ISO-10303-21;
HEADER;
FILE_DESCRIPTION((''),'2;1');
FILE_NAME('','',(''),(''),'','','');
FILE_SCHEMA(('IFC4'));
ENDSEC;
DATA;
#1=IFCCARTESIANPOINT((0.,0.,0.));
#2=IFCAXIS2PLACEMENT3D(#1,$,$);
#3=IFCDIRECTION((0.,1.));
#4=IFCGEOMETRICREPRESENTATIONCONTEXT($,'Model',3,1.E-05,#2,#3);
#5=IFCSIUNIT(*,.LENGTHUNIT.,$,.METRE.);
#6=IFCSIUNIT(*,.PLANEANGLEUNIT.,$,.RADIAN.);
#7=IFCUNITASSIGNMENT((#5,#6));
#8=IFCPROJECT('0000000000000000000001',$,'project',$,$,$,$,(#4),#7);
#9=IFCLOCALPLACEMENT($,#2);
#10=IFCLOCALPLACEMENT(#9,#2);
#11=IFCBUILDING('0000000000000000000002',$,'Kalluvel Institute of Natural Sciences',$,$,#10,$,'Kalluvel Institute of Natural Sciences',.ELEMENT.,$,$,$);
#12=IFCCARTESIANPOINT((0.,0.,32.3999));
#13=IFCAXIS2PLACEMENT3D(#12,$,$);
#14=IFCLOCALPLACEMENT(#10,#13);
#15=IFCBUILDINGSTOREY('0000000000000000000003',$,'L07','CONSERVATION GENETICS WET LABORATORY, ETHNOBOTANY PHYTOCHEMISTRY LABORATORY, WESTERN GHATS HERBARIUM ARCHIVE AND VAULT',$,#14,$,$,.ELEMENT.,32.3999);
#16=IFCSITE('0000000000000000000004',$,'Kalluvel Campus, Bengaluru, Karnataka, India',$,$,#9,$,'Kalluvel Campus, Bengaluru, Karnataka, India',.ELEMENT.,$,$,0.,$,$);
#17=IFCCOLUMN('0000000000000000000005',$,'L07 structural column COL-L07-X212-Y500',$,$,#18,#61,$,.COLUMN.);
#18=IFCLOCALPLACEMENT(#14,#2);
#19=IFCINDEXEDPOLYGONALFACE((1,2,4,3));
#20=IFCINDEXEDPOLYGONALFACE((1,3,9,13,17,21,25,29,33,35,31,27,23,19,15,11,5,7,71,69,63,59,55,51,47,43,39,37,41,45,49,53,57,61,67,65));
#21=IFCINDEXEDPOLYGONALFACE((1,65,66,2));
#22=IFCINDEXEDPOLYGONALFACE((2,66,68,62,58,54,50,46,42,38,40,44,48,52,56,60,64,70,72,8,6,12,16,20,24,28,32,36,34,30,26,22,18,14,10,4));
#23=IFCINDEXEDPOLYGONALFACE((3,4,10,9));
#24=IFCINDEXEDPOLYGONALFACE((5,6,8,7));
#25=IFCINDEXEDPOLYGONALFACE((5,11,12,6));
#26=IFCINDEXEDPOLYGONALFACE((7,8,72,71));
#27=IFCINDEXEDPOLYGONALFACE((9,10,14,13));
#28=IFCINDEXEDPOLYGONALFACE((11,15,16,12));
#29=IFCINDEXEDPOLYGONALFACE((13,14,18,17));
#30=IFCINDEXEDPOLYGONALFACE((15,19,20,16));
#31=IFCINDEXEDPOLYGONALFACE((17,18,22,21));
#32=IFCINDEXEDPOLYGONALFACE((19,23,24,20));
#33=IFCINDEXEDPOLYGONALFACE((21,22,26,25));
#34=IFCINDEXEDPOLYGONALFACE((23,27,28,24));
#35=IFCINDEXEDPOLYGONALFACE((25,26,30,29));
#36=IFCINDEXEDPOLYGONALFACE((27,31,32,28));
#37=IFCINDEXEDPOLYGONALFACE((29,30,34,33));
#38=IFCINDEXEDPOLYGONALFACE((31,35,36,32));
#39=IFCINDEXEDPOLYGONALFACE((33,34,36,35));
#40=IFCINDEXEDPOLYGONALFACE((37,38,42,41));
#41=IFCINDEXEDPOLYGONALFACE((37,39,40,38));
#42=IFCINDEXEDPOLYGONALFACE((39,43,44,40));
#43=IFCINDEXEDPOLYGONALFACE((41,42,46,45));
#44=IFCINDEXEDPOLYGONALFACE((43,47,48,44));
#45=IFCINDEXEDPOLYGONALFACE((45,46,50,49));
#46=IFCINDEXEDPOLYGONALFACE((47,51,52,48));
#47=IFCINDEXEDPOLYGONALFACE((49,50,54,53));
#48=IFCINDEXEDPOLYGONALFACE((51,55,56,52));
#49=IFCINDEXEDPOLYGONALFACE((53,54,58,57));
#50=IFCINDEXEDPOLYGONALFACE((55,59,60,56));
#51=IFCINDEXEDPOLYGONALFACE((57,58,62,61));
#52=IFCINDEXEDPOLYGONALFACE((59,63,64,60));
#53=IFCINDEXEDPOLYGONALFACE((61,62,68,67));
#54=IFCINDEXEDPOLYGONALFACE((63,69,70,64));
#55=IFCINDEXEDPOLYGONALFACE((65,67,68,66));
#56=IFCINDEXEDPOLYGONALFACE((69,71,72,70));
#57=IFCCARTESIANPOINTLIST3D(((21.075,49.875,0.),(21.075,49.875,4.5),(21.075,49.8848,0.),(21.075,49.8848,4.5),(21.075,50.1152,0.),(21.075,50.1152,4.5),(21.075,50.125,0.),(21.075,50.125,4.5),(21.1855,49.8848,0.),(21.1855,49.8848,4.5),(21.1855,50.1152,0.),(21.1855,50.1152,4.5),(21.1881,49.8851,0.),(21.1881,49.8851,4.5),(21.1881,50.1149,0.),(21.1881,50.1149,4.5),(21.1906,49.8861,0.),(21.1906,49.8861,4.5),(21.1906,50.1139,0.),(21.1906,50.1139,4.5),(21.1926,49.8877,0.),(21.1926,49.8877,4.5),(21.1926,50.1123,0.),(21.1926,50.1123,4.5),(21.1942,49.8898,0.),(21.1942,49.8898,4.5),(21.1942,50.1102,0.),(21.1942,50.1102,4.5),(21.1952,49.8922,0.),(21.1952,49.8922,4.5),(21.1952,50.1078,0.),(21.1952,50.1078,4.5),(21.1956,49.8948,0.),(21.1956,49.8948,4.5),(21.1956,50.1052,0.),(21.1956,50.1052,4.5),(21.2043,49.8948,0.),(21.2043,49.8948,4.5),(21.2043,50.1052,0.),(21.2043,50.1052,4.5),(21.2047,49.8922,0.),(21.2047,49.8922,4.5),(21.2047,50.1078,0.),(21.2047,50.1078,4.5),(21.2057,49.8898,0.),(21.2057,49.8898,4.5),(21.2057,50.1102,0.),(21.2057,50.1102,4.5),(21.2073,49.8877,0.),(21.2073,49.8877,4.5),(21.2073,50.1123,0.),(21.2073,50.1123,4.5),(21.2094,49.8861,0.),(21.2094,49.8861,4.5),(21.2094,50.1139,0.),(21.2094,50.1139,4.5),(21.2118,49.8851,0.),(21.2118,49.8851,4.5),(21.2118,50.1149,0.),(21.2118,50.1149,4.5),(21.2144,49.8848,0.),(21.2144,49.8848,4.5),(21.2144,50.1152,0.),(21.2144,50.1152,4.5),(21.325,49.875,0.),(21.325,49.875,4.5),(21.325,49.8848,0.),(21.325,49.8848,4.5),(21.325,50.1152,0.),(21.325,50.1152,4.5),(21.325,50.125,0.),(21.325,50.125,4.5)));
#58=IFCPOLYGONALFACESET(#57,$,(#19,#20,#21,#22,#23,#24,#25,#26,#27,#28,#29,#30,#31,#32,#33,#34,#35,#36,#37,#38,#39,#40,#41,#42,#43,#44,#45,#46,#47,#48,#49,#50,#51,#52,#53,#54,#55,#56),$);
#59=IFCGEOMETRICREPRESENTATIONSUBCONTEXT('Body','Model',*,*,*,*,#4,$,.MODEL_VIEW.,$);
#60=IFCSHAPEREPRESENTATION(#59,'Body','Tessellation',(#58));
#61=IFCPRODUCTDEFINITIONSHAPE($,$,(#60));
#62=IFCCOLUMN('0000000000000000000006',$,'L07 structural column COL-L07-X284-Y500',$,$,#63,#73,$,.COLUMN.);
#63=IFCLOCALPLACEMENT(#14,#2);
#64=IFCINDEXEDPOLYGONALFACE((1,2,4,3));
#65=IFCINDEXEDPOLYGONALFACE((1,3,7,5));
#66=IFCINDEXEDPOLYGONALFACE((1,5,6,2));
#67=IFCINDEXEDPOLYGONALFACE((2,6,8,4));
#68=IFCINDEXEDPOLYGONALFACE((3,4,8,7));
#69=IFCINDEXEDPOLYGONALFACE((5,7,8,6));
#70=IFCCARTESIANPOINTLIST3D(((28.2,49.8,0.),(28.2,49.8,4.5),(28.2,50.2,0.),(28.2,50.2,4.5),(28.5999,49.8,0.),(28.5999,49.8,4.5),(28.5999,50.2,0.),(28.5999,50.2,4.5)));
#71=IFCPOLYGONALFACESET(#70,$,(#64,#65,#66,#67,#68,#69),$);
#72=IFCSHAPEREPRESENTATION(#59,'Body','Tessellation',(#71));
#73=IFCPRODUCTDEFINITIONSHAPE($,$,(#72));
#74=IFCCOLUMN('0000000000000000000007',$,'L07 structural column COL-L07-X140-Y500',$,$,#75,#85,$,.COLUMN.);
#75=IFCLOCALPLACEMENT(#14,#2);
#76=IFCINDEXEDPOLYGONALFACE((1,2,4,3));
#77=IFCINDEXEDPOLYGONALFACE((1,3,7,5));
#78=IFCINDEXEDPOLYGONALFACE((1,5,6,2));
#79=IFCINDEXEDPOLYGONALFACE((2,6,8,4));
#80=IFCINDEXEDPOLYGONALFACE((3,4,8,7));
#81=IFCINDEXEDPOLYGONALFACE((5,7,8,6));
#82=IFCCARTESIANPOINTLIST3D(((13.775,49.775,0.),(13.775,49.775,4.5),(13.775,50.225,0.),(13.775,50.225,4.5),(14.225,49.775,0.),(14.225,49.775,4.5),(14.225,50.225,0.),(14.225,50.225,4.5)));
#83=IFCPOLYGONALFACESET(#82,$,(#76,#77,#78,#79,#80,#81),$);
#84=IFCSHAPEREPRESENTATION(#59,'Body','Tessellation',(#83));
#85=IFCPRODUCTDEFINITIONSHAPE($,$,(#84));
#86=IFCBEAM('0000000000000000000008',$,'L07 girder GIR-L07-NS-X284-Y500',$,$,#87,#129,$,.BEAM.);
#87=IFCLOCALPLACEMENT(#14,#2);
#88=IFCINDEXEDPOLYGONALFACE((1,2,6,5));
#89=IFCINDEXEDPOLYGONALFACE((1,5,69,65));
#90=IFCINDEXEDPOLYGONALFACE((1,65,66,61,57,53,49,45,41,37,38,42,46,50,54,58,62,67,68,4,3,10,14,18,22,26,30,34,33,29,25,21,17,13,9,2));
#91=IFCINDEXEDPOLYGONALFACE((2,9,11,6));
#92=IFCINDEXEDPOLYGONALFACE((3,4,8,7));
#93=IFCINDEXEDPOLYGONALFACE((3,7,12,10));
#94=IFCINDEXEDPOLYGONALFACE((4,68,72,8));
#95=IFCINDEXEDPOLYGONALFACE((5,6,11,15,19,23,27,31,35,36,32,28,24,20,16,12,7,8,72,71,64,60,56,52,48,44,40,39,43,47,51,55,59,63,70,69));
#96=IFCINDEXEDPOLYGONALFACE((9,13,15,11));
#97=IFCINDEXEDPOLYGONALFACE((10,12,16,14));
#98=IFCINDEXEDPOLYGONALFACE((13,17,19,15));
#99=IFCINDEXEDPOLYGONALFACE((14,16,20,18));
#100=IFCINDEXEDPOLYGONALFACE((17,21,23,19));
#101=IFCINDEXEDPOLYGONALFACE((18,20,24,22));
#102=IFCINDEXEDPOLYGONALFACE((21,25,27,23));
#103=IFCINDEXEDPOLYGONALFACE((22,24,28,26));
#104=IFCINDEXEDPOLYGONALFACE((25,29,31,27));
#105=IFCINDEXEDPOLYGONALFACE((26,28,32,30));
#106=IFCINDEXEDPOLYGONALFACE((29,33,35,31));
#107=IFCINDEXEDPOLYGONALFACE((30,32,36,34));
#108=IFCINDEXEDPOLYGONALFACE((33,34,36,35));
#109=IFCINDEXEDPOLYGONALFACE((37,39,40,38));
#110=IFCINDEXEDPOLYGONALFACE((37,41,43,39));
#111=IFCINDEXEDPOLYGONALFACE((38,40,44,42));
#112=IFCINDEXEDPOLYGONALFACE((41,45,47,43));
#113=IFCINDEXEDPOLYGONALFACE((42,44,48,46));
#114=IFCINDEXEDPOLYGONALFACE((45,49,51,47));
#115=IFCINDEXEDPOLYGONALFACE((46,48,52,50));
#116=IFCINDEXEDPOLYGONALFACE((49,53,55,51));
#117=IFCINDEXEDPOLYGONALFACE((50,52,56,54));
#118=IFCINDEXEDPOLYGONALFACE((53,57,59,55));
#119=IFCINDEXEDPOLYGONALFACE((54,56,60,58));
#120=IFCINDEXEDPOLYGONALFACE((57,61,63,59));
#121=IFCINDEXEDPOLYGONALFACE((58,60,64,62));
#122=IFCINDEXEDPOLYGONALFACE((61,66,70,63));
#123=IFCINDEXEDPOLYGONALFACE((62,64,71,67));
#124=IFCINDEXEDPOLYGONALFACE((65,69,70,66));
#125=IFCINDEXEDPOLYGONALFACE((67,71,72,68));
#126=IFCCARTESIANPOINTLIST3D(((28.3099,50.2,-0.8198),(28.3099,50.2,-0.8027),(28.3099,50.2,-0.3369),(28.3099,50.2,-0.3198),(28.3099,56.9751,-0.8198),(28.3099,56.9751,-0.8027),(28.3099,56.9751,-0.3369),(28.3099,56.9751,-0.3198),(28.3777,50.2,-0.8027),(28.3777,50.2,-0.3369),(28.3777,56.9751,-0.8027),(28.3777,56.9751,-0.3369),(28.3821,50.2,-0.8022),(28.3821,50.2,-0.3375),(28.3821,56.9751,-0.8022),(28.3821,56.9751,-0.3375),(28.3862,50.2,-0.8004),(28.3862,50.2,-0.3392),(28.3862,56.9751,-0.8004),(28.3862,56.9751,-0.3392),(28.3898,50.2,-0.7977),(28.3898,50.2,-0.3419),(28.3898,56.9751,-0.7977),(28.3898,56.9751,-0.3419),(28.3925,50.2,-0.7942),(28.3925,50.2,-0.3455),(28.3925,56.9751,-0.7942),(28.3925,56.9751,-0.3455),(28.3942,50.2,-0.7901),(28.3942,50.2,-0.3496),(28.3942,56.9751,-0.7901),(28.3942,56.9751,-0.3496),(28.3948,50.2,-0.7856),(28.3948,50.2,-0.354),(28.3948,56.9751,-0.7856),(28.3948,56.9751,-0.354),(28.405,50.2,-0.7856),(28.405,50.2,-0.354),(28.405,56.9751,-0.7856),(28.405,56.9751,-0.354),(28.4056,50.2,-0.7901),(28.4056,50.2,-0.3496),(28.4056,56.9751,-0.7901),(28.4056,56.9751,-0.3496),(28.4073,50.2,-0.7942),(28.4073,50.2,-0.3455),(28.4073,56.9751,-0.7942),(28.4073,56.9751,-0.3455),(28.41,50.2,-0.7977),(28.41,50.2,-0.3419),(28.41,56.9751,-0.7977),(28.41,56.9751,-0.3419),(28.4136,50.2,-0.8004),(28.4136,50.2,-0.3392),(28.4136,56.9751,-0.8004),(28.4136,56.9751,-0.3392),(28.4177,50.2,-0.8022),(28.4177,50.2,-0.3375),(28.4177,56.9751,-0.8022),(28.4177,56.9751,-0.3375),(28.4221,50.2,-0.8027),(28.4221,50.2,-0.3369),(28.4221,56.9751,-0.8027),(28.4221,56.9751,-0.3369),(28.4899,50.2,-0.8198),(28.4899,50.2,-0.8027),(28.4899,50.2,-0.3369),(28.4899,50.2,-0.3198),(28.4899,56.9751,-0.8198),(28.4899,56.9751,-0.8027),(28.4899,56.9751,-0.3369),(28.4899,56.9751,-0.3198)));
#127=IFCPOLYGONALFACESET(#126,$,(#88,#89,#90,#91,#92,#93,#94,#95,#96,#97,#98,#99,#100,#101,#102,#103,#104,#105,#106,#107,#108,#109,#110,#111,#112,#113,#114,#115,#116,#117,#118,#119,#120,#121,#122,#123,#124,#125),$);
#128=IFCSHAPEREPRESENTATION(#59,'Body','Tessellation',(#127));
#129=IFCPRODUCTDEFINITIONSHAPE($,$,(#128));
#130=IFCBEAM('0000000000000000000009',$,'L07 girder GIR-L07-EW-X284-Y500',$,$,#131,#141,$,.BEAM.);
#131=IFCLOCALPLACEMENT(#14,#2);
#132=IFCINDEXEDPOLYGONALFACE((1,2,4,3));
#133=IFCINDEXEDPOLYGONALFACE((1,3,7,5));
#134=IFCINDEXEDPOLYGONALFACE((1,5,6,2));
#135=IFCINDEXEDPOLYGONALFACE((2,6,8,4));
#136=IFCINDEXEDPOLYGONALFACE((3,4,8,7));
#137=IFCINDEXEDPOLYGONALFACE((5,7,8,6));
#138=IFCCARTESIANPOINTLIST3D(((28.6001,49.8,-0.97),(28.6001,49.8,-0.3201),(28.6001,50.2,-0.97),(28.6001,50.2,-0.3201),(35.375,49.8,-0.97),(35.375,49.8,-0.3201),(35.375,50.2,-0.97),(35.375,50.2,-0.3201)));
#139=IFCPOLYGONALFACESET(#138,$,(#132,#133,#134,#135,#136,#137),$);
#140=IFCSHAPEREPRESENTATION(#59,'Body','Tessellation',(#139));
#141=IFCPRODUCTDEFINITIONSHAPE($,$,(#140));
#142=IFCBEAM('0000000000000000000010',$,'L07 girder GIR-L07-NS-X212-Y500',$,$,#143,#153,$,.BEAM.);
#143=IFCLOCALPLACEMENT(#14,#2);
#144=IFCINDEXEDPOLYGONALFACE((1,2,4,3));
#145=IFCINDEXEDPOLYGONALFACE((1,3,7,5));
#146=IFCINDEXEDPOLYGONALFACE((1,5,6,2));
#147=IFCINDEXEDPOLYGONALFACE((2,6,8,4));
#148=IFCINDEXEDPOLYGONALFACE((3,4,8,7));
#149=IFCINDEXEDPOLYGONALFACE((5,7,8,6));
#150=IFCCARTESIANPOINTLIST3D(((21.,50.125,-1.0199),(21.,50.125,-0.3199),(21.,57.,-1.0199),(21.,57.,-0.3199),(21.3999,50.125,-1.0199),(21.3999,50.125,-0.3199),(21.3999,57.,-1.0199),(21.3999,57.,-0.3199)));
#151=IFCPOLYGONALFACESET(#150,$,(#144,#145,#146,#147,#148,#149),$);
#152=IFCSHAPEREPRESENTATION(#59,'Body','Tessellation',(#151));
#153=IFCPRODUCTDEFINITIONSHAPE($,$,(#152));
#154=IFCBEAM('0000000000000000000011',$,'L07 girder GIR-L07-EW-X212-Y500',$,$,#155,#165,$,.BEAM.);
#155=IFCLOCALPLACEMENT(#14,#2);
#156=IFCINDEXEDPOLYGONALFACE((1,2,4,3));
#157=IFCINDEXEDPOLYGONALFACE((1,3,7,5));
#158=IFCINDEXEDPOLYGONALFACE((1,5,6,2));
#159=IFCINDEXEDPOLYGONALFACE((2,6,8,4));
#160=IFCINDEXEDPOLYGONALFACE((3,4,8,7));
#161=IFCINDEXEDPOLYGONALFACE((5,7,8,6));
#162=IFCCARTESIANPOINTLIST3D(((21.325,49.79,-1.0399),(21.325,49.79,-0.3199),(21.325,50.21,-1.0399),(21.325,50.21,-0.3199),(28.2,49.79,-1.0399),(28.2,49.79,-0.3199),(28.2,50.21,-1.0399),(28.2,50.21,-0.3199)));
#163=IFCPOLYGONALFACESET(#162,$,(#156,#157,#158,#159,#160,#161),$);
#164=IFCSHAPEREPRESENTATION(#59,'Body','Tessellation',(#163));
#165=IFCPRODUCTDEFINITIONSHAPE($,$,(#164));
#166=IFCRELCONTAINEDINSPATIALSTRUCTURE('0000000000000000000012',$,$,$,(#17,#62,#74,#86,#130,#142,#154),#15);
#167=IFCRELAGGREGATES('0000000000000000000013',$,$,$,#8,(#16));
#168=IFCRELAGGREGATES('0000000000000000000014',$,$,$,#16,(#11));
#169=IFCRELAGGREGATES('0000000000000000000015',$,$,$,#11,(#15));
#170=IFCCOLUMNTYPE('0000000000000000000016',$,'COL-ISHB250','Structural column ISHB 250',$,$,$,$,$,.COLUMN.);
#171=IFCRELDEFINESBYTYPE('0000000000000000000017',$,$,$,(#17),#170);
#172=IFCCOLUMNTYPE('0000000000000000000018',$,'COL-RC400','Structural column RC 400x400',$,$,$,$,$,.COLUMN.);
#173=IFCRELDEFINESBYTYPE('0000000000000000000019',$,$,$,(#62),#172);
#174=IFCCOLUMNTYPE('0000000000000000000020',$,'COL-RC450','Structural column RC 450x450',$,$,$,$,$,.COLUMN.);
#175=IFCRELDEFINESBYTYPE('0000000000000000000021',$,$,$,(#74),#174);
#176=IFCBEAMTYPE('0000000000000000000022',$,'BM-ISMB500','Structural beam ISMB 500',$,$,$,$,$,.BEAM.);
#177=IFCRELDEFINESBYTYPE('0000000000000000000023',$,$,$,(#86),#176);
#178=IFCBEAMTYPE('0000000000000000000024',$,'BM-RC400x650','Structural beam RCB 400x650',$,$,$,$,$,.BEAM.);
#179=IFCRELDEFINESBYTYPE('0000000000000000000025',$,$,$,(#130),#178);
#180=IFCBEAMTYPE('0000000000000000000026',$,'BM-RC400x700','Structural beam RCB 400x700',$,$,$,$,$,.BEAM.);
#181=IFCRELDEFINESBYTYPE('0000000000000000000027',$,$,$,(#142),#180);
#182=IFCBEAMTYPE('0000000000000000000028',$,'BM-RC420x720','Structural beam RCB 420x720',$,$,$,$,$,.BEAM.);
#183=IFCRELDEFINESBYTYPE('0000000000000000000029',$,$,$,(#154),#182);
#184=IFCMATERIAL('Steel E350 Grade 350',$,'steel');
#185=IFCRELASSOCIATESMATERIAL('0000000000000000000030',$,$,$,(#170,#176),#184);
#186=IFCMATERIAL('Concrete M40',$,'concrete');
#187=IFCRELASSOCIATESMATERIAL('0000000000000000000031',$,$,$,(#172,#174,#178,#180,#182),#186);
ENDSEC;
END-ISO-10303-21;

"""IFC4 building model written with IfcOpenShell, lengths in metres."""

from ifc_helpers import new_model, si_unit, direction, frame, origin, origin_2d, place, context, subcontext, project, spatial, rectangle, i_section, extrude, material, material_profile, profile_set, type_object, element, save


model = new_model("IFC4")

# Units and contexts
model_context = context("Model", 3, precision=1e-05, world=origin(), true_north=direction((0.0, 1.0)))
body_context = subcontext(model_context, "Body", "Model", "MODEL_VIEW")
ifc_project = project(units=[si_unit("LENGTHUNIT", "METRE"), si_unit("PLANEANGLEUNIT", "RADIAN")], contexts=[model_context])

# Site, building, storey
site_placement = place(None, origin())
site = spatial("IfcSite", under=ifc_project, at=site_placement, Name="Kalluvel Campus, Bengaluru, Karnataka, India", LongName="Kalluvel Campus, Bengaluru, Karnataka, India", CompositionType="ELEMENT", RefElevation=0.0)
building_placement = place(site_placement, origin())
building = spatial("IfcBuilding", under=site, at=building_placement, Name="Kalluvel Institute of Natural Sciences", LongName="Kalluvel Institute of Natural Sciences", CompositionType="ELEMENT")
storey_placement = place(building_placement, frame((0.0, 0.0, 32.3999)))
storey = spatial("IfcBuildingStorey", under=building, at=storey_placement, Name="L07", Description="CONSERVATION GENETICS WET LABORATORY, ETHNOBOTANY PHYTOCHEMISTRY LABORATORY, WESTERN GHATS HERBARIUM ARCHIVE AND VAULT", CompositionType="ELEMENT", Elevation=32.3999)

# Columns
ifc_material_1 = material(Name="Steel E350 Grade 350", Category="steel")
ifc_material_profile_1 = material_profile(ifc_material_1, i_section(OverallWidth=0.25, OverallDepth=0.25, WebThickness=0.0088, FlangeThickness=0.0098, FilletRadius=0.01, at=origin_2d()), Name="ISHB 250")
ifc_profile_set_1 = profile_set([ifc_material_profile_1], Name="Steel E350 Grade 350")
column_type_1 = type_object("IfcColumnType", Name="COL-ISHB250", Description="Structural column ISHB 250", PredefinedType="COLUMN", material=ifc_profile_set_1)
column_1_placement = place(storey_placement, frame((21.2, 50.0, 0.0), z_axis=(0.0, 0.0, 1.0), x_axis=(1.0, 0.0, 0.0)))
element("IfcColumn", 1, at=column_1_placement, inside=storey, type_object=column_type_1, Name="L07 structural column COL-L07-X212-Y500", PredefinedType="COLUMN", context=body_context, shape_type="SweptSolid", body=[
    extrude(i_section(OverallWidth=0.25, OverallDepth=0.25, WebThickness=0.0088, FlangeThickness=0.0098, FilletRadius=0.01, at=origin_2d()), origin(), (0.0, 0.0, 1.0), 4.5),
])
ifc_material_2 = material(Name="Concrete M40", Category="concrete")
ifc_material_profile_2 = material_profile(ifc_material_2, rectangle(XDim=0.3999, YDim=0.3999, at=origin_2d()), Name="RC 400x400")
ifc_profile_set_2 = profile_set([ifc_material_profile_2], Name="Concrete M40")
column_type_2 = type_object("IfcColumnType", Name="COL-RC400", Description="Structural column RC 400x400", PredefinedType="COLUMN", material=ifc_profile_set_2)
column_2_placement = place(storey_placement, frame((28.3999, 50.0, 0.0), z_axis=(0.0, 0.0, 1.0), x_axis=(1.0, 0.0, 0.0)))
element("IfcColumn", 2, at=column_2_placement, inside=storey, type_object=column_type_2, Name="L07 structural column COL-L07-X284-Y500", PredefinedType="COLUMN", context=body_context, shape_type="SweptSolid", body=[
    extrude(rectangle(XDim=0.3999, YDim=0.3999, at=origin_2d()), origin(), (0.0, 0.0, 1.0), 4.5),
])
ifc_material_profile_3 = material_profile(ifc_material_2, rectangle(XDim=0.45, YDim=0.45, at=origin_2d()), Name="RC 450x450")
ifc_profile_set_3 = profile_set([ifc_material_profile_3], Name="Concrete M40")
column_type_3 = type_object("IfcColumnType", Name="COL-RC450", Description="Structural column RC 450x450", PredefinedType="COLUMN", material=ifc_profile_set_3)
column_3_placement = place(storey_placement, frame((14.0, 50.0, 0.0), z_axis=(0.0, 0.0, 1.0), x_axis=(1.0, 0.0, 0.0)))
element("IfcColumn", 3, at=column_3_placement, inside=storey, type_object=column_type_3, Name="L07 structural column COL-L07-X140-Y500", PredefinedType="COLUMN", context=body_context, shape_type="SweptSolid", body=[
    extrude(rectangle(XDim=0.45, YDim=0.45, at=origin_2d()), origin(), (0.0, 0.0, 1.0), 4.5),
])

# Beams
ifc_material_profile_4 = material_profile(ifc_material_1, i_section(OverallWidth=0.1799, OverallDepth=0.5, WebThickness=0.0103, FlangeThickness=0.0171, FilletRadius=0.0171, at=origin_2d()), Name="ISMB 500")
ifc_profile_set_4 = profile_set([ifc_material_profile_4], Name="Steel E350 Grade 350")
beam_type_1 = type_object("IfcBeamType", Name="BM-ISMB500", Description="Structural beam ISMB 500", PredefinedType="BEAM", material=ifc_profile_set_4)
beam_1_placement = place(storey_placement, frame((28.3999, 50.2, -0.5698), z_axis=(0.0, 1.0, 0.0), x_axis=(-1.0, 0.0, 0.0)))
element("IfcBeam", 4, at=beam_1_placement, inside=storey, type_object=beam_type_1, Name="L07 girder GIR-L07-NS-X284-Y500", PredefinedType="BEAM", context=body_context, shape_type="SweptSolid", body=[
    extrude(i_section(OverallWidth=0.1799, OverallDepth=0.5, WebThickness=0.0103, FlangeThickness=0.0171, FilletRadius=0.0171, at=origin_2d()), origin(), (0.0, 0.0, 1.0), 6.7751),
])
ifc_material_profile_5 = material_profile(ifc_material_2, rectangle(XDim=0.3999, YDim=0.6499, at=origin_2d()), Name="RCB 400x650")
ifc_profile_set_5 = profile_set([ifc_material_profile_5], Name="Concrete M40")
beam_type_2 = type_object("IfcBeamType", Name="BM-RC400x650", Description="Structural beam RCB 400x650", PredefinedType="BEAM", material=ifc_profile_set_5)
beam_2_placement = place(storey_placement, frame((28.6001, 50.0, -0.645), z_axis=(1.0, 0.0, 0.0), x_axis=(0.0, 1.0, 0.0)))
element("IfcBeam", 5, at=beam_2_placement, inside=storey, type_object=beam_type_2, Name="L07 girder GIR-L07-EW-X284-Y500", PredefinedType="BEAM", context=body_context, shape_type="SweptSolid", body=[
    extrude(rectangle(XDim=0.3999, YDim=0.6499, at=origin_2d()), origin(), (0.0, 0.0, 1.0), 6.7749),
])
ifc_material_profile_6 = material_profile(ifc_material_2, rectangle(XDim=0.3999, YDim=0.7, at=origin_2d()), Name="RCB 400x700")
ifc_profile_set_6 = profile_set([ifc_material_profile_6], Name="Concrete M40")
beam_type_3 = type_object("IfcBeamType", Name="BM-RC400x700", Description="Structural beam RCB 400x700", PredefinedType="BEAM", material=ifc_profile_set_6)
beam_3_placement = place(storey_placement, frame((21.2, 50.125, -0.6699), z_axis=(0.0, 1.0, 0.0), x_axis=(-1.0, 0.0, 0.0)))
element("IfcBeam", 6, at=beam_3_placement, inside=storey, type_object=beam_type_3, Name="L07 girder GIR-L07-NS-X212-Y500", PredefinedType="BEAM", context=body_context, shape_type="SweptSolid", body=[
    extrude(rectangle(XDim=0.3999, YDim=0.7, at=origin_2d()), origin(), (0.0, 0.0, 1.0), 6.875),
])
ifc_material_profile_7 = material_profile(ifc_material_2, rectangle(XDim=0.4199, YDim=0.72, at=origin_2d()), Name="RCB 420x720")
ifc_profile_set_7 = profile_set([ifc_material_profile_7], Name="Concrete M40")
beam_type_4 = type_object("IfcBeamType", Name="BM-RC420x720", Description="Structural beam RCB 420x720", PredefinedType="BEAM", material=ifc_profile_set_7)
beam_4_placement = place(storey_placement, frame((21.325, 50.0, -0.6799), z_axis=(1.0, 0.0, 0.0), x_axis=(0.0, 1.0, 0.0)))
element("IfcBeam", 7, at=beam_4_placement, inside=storey, type_object=beam_type_4, Name="L07 girder GIR-L07-EW-X212-Y500", PredefinedType="BEAM", context=body_context, shape_type="SweptSolid", body=[
    extrude(rectangle(XDim=0.4199, YDim=0.72, at=origin_2d()), origin(), (0.0, 0.0, 1.0), 6.875),
])

save(model, "model.ifc")
